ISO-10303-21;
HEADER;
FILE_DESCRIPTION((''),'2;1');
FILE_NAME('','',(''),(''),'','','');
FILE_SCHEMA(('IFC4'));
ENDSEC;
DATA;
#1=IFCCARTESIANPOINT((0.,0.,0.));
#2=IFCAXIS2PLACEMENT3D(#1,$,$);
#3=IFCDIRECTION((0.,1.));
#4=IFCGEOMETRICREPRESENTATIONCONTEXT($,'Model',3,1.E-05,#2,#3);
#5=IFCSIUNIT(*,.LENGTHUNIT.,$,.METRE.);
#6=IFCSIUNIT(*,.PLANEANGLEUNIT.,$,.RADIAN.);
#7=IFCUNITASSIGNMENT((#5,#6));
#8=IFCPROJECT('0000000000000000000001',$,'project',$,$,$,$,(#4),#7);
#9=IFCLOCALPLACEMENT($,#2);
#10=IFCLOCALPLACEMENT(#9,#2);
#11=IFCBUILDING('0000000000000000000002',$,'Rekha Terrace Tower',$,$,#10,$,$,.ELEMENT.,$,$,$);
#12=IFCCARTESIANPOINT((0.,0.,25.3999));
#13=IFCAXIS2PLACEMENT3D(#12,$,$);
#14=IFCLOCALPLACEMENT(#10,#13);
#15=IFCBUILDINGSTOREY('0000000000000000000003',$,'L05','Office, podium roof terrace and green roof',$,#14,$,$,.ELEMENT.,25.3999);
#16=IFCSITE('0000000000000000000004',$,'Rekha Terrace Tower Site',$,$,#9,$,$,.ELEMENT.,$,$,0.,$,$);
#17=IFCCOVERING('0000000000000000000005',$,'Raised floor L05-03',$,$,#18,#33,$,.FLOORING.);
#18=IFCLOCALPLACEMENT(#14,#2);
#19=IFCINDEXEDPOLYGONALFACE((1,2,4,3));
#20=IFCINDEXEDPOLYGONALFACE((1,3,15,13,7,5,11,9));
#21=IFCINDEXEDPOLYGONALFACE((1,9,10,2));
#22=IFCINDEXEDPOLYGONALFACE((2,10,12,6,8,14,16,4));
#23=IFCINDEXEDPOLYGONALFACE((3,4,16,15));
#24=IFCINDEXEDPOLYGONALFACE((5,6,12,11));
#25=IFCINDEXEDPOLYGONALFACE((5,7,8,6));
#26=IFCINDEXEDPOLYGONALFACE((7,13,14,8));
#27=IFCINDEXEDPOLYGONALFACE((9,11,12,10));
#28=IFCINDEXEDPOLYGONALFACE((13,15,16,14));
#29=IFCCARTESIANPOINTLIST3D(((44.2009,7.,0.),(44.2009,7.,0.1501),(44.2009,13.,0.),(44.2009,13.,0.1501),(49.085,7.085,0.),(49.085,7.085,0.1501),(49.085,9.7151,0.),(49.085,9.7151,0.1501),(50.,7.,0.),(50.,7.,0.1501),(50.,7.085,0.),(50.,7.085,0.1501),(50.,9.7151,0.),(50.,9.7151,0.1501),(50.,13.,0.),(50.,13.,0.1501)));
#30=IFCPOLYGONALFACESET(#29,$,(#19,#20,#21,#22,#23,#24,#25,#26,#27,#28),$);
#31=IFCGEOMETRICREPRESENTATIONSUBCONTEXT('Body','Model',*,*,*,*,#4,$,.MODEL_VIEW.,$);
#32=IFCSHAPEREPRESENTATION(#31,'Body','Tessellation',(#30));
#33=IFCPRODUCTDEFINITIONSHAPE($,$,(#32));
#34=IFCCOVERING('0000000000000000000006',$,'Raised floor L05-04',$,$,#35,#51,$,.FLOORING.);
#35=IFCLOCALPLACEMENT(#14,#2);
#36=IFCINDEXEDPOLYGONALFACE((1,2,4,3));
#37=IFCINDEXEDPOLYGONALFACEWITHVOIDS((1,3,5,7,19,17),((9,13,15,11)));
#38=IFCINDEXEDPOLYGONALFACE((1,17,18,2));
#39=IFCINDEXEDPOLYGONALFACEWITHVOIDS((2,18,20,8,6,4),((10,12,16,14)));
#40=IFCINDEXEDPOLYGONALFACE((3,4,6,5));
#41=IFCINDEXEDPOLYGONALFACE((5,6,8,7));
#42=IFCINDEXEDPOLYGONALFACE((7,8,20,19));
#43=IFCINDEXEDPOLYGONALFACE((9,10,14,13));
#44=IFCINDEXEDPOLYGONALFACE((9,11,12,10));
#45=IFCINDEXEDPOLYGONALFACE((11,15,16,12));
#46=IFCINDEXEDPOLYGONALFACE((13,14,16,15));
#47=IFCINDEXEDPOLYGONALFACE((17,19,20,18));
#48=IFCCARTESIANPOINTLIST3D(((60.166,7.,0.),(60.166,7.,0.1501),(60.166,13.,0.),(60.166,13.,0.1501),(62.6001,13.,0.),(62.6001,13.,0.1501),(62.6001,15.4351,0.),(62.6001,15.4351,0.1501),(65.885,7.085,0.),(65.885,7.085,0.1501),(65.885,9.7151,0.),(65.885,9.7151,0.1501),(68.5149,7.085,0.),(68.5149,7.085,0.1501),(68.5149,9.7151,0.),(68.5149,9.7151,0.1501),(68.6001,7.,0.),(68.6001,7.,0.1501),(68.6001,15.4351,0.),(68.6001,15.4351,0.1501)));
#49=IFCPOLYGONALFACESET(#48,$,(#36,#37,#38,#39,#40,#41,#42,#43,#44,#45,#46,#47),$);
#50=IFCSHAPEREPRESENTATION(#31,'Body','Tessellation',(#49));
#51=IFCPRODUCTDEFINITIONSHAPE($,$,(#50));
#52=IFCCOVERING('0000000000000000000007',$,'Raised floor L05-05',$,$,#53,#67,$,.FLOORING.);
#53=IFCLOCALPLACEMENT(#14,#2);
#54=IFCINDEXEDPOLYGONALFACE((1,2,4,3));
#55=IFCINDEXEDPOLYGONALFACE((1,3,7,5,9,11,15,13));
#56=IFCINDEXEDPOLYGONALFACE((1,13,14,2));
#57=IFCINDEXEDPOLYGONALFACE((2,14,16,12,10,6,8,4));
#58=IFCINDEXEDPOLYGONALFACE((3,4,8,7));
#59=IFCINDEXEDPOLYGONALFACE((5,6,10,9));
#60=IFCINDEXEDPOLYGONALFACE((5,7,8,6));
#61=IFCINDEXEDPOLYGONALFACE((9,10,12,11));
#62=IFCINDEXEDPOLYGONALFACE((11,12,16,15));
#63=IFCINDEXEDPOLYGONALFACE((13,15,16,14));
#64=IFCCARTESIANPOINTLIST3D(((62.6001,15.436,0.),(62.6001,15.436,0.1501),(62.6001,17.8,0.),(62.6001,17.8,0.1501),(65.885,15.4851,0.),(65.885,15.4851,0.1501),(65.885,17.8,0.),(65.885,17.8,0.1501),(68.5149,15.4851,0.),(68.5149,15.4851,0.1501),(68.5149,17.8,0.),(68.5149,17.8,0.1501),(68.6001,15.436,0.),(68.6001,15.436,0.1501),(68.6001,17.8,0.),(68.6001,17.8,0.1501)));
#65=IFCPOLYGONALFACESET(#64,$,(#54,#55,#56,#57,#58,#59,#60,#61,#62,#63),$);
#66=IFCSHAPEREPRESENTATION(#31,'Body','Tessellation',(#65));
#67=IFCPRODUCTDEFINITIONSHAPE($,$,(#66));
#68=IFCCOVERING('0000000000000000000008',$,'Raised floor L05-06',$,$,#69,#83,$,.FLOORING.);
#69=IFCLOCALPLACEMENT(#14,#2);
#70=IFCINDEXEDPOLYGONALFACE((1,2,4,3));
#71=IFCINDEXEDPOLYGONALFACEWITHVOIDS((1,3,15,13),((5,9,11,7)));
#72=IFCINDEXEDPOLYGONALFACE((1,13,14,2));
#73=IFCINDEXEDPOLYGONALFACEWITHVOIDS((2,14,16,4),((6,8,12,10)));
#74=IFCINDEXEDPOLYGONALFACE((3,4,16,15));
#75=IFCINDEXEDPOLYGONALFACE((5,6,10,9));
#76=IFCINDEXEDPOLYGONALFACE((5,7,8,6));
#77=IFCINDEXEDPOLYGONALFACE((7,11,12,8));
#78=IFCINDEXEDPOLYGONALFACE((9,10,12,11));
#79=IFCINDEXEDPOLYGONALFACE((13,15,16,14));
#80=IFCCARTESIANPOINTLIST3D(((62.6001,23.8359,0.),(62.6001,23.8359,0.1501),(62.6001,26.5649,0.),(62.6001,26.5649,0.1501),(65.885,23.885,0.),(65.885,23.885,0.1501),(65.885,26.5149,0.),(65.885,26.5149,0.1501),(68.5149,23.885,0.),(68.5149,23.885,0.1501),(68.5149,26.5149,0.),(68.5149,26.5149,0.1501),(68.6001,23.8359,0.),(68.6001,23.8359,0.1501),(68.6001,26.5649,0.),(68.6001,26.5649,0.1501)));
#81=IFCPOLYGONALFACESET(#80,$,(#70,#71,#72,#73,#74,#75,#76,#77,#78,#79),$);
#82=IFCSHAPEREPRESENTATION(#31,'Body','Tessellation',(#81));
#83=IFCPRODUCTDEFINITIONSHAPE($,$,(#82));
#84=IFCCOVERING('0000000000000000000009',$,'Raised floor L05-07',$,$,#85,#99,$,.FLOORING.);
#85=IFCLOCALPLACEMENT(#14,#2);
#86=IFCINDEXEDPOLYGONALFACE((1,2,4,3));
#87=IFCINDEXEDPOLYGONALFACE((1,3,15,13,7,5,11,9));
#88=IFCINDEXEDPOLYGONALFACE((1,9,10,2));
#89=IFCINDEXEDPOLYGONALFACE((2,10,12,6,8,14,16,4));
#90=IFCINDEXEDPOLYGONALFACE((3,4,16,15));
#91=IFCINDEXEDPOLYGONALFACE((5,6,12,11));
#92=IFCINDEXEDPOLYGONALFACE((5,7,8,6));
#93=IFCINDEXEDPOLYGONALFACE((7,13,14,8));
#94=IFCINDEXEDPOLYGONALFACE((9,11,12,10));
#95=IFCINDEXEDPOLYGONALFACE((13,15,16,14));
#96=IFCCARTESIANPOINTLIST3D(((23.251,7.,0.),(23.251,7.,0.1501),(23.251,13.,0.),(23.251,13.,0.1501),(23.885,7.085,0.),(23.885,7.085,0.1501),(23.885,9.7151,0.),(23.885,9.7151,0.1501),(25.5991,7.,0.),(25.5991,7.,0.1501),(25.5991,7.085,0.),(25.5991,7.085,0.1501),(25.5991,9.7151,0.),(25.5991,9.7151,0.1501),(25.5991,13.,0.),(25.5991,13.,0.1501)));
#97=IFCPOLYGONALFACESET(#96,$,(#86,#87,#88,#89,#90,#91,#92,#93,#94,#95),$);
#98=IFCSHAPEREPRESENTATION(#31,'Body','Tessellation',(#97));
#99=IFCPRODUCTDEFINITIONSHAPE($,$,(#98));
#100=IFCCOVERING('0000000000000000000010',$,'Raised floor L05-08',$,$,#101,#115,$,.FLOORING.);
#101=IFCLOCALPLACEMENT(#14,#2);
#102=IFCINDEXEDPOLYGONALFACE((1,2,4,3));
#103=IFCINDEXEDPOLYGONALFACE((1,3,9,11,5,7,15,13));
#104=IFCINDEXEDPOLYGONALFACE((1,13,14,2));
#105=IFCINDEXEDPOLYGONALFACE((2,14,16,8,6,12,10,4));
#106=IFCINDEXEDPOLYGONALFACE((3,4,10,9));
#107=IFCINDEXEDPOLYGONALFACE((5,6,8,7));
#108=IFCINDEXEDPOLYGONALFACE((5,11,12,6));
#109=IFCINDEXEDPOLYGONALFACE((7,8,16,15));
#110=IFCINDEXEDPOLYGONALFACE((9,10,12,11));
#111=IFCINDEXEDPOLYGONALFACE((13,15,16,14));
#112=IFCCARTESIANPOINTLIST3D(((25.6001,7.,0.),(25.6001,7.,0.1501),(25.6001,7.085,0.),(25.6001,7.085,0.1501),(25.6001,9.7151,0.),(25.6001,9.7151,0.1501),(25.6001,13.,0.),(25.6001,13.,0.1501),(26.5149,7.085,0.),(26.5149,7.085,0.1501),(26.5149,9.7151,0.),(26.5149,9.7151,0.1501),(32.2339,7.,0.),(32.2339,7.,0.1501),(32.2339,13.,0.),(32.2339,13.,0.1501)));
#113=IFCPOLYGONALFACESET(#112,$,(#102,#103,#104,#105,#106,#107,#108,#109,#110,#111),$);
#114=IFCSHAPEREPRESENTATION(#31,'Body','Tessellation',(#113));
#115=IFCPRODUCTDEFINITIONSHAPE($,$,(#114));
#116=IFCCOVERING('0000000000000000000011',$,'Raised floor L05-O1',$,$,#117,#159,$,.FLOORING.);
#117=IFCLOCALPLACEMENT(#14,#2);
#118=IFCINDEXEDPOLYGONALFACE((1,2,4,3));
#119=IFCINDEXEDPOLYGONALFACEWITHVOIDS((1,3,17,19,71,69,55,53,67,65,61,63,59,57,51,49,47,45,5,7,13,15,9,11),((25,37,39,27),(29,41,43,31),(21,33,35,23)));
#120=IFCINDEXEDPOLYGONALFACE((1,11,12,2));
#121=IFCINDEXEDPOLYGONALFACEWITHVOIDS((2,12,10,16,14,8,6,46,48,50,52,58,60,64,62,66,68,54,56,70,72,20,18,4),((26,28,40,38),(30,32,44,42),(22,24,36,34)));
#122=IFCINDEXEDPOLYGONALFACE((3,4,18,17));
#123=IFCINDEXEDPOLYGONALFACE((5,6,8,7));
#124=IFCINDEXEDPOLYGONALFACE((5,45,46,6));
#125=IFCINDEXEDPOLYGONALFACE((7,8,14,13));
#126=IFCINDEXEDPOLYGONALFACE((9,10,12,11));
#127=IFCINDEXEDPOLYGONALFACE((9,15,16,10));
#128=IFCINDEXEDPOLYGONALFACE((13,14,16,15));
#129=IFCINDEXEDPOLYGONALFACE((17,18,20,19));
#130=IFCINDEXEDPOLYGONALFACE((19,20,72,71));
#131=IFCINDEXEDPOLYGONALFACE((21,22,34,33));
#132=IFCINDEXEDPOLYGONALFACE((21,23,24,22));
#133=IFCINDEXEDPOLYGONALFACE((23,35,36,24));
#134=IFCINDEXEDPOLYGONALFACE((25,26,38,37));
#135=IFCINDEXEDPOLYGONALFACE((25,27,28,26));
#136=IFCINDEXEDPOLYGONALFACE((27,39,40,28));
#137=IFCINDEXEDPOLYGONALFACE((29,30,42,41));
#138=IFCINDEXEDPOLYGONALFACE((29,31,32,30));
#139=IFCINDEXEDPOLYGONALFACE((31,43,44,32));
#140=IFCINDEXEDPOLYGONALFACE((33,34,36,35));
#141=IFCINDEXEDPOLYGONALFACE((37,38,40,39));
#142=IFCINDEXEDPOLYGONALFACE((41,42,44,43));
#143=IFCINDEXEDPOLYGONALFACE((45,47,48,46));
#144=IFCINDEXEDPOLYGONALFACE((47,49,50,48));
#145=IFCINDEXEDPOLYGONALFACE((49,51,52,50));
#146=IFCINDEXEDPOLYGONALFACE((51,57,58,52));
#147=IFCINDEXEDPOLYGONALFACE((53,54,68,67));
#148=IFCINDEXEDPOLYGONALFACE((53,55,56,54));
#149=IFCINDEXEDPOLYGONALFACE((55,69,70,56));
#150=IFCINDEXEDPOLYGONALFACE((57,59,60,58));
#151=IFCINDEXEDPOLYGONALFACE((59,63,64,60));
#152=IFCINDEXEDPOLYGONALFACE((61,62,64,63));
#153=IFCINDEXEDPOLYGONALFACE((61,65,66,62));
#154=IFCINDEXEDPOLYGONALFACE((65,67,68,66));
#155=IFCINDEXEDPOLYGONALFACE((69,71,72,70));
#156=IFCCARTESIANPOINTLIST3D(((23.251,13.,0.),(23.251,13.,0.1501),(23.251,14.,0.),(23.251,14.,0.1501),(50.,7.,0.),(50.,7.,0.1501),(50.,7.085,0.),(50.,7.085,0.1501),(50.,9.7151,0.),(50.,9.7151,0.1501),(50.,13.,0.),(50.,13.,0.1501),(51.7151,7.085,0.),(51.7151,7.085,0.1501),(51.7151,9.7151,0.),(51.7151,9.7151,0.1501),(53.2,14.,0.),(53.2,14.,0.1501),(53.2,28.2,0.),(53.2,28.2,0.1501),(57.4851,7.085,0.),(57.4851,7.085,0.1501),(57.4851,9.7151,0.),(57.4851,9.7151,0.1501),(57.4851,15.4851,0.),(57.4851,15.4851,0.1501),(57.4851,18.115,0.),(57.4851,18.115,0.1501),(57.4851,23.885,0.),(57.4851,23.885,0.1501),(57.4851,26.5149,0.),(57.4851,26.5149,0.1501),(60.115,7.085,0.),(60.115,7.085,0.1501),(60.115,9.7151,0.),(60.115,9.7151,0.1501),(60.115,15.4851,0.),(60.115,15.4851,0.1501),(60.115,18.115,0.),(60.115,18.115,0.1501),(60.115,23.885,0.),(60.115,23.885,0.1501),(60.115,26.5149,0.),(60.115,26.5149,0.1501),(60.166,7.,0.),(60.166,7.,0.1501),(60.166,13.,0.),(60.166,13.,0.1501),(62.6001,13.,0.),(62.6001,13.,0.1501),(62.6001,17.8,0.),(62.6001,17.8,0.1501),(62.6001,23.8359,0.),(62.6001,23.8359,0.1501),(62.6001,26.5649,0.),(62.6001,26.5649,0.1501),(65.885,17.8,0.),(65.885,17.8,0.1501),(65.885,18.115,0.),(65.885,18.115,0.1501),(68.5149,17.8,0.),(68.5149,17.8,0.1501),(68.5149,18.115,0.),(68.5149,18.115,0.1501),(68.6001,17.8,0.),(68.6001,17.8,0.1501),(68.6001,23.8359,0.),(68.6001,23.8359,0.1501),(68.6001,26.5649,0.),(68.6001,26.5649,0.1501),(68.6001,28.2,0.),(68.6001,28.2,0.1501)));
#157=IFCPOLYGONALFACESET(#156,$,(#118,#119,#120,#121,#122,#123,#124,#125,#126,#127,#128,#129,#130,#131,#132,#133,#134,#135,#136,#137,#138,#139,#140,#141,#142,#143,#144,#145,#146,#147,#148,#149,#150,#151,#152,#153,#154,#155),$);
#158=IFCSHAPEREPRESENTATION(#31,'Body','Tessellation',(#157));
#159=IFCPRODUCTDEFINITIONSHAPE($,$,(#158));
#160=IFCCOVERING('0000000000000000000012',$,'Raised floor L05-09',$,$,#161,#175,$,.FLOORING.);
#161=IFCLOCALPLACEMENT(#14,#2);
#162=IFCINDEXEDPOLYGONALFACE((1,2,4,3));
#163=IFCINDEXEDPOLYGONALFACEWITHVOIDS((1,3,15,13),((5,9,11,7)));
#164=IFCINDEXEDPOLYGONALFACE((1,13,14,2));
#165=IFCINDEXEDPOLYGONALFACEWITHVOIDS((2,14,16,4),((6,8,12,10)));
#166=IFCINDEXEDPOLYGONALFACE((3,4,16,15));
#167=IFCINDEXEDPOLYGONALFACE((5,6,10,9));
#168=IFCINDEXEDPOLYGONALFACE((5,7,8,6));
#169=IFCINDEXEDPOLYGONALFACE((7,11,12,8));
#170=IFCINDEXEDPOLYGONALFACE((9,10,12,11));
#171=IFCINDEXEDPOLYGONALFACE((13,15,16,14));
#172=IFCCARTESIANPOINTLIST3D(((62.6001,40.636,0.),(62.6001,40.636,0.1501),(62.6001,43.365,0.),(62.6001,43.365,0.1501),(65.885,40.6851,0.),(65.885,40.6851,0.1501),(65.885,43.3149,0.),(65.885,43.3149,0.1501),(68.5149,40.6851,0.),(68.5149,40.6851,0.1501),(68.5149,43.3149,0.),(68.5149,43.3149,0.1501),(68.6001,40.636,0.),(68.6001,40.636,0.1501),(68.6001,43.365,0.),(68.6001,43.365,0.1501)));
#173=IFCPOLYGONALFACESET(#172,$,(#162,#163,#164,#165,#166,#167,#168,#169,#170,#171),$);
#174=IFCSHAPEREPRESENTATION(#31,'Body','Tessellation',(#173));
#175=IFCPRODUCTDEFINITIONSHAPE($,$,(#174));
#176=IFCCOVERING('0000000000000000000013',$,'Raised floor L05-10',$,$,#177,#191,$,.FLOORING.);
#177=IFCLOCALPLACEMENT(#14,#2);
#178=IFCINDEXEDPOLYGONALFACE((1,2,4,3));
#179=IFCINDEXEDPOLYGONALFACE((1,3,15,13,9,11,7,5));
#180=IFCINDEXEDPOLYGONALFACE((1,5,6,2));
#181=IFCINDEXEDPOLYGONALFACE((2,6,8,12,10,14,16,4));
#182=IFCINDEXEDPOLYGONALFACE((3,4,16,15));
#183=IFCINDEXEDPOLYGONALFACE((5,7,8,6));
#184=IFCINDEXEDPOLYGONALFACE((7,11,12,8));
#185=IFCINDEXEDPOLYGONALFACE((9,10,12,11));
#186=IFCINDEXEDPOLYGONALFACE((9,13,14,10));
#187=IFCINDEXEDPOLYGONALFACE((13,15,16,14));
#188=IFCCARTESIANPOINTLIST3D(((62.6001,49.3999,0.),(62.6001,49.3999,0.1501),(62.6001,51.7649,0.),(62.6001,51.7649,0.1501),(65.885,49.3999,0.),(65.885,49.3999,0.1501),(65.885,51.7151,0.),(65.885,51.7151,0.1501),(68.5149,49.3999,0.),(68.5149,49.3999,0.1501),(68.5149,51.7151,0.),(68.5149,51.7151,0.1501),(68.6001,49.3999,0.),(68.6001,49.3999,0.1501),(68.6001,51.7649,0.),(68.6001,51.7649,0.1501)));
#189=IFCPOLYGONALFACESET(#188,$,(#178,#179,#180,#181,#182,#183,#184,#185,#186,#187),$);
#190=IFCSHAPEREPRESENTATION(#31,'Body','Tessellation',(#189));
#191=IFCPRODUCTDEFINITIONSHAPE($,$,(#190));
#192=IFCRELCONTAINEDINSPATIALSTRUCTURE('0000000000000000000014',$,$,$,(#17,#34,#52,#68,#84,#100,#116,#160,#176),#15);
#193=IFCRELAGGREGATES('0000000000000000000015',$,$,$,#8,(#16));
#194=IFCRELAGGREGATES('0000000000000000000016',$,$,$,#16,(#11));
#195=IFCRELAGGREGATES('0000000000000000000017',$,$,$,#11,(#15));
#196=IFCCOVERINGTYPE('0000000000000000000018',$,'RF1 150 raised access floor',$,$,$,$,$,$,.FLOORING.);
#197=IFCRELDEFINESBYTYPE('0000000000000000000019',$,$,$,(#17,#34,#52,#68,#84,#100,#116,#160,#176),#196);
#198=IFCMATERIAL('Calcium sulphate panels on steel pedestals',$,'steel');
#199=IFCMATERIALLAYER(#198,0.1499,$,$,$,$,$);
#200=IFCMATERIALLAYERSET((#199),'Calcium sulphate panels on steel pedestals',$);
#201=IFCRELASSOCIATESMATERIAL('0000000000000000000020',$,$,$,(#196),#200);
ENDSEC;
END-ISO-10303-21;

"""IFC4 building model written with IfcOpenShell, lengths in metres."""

from ifc_helpers import new_model, si_unit, direction, frame, origin, place, context, subcontext, project, spatial, polyline, outline, extrude, material, layer, layer_set, type_object, element, save


model = new_model("IFC4")

# Units and contexts
model_context = context("Model", 3, precision=1e-05, world=origin(), true_north=direction((0.0, 1.0)))
body_context = subcontext(model_context, "Body", "Model", "MODEL_VIEW")
ifc_project = project(units=[si_unit("LENGTHUNIT", "METRE"), si_unit("PLANEANGLEUNIT", "RADIAN")], contexts=[model_context])

# Site, building, storey
site_placement = place(None, origin())
site = spatial("IfcSite", under=ifc_project, at=site_placement, Name="Rekha Terrace Tower Site", CompositionType="ELEMENT", RefElevation=0.0)
building_placement = place(site_placement, origin())
building = spatial("IfcBuilding", under=site, at=building_placement, Name="Rekha Terrace Tower", CompositionType="ELEMENT")
storey_placement = place(building_placement, frame((0.0, 0.0, 25.3999)))
storey = spatial("IfcBuildingStorey", under=building, at=storey_placement, Name="L05", Description="Office, podium roof terrace and green roof", CompositionType="ELEMENT", Elevation=25.3999)

# Coverings
ifc_material_1 = material(Name="Calcium sulphate panels on steel pedestals", Category="steel")
ifc_layer_1 = layer(ifc_material_1, 0.1499)
ifc_layer_set_1 = layer_set([ifc_layer_1], Name="Calcium sulphate panels on steel pedestals")
covering_type_1 = type_object("IfcCoveringType", Name="RF1 150 raised access floor", PredefinedType="FLOORING", material=ifc_layer_set_1)
covering_1_placement = place(storey_placement, origin())
element("IfcCovering", 1, at=covering_1_placement, inside=storey, type_object=covering_type_1, Name="Raised floor L05-03", PredefinedType="FLOORING", context=body_context, shape_type="SweptSolid", body=[
    extrude(outline(polyline([(50.0, 9.7151), (50.0, 13.0), (44.2009, 13.0), (44.2009, 7.0), (50.0, 7.0), (50.0, 7.085), (49.085, 7.085), (49.085, 9.7151), (50.0, 9.7151)])), origin(), (0.0, 0.0, 1.0), 0.1501),
])
covering_2_placement = place(storey_placement, origin())
element("IfcCovering", 2, at=covering_2_placement, inside=storey, type_object=covering_type_1, Name="Raised floor L05-04", PredefinedType="FLOORING", context=body_context, shape_type="SweptSolid", body=[
    extrude(outline(polyline([(62.6001, 13.0), (60.166, 13.0), (60.166, 7.0), (68.6001, 7.0), (68.6001, 15.4351), (62.6001, 15.4351), (62.6001, 13.0)]), holes=[polyline([(68.5149, 7.085), (65.885, 7.085), (65.885, 9.7151), (68.5149, 9.7151), (68.5149, 7.085)])]), origin(), (0.0, 0.0, 1.0), 0.1501),
])
covering_3_placement = place(storey_placement, origin())
element("IfcCovering", 3, at=covering_3_placement, inside=storey, type_object=covering_type_1, Name="Raised floor L05-05", PredefinedType="FLOORING", context=body_context, shape_type="SweptSolid", body=[
    extrude(outline(polyline([(65.885, 17.8), (62.6001, 17.8), (62.6001, 15.436), (68.6001, 15.436), (68.6001, 17.8), (68.5149, 17.8), (68.5149, 15.4851), (65.885, 15.4851), (65.885, 17.8)])), origin(), (0.0, 0.0, 1.0), 0.1501),
])
covering_4_placement = place(storey_placement, origin())
element("IfcCovering", 4, at=covering_4_placement, inside=storey, type_object=covering_type_1, Name="Raised floor L05-06", PredefinedType="FLOORING", context=body_context, shape_type="SweptSolid", body=[
    extrude(outline(polyline([(68.6001, 26.5649), (62.6001, 26.5649), (62.6001, 23.8359), (68.6001, 23.8359), (68.6001, 26.5649)]), holes=[polyline([(68.5149, 23.885), (65.885, 23.885), (65.885, 26.5149), (68.5149, 26.5149), (68.5149, 23.885)])]), origin(), (0.0, 0.0, 1.0), 0.1501),
])
covering_5_placement = place(storey_placement, origin())
element("IfcCovering", 5, at=covering_5_placement, inside=storey, type_object=covering_type_1, Name="Raised floor L05-07", PredefinedType="FLOORING", context=body_context, shape_type="SweptSolid", body=[
    extrude(outline(polyline([(25.5991, 9.7151), (25.5991, 13.0), (23.251, 13.0), (23.251, 7.0), (25.5991, 7.0), (25.5991, 7.085), (23.885, 7.085), (23.885, 9.7151), (25.5991, 9.7151)])), origin(), (0.0, 0.0, 1.0), 0.1501),
])
covering_6_placement = place(storey_placement, origin())
element("IfcCovering", 6, at=covering_6_placement, inside=storey, type_object=covering_type_1, Name="Raised floor L05-08", PredefinedType="FLOORING", context=body_context, shape_type="SweptSolid", body=[
    extrude(outline(polyline([(32.2339, 7.0), (32.2339, 13.0), (25.6001, 13.0), (25.6001, 9.7151), (26.5149, 9.7151), (26.5149, 7.085), (25.6001, 7.085), (25.6001, 7.0), (32.2339, 7.0)])), origin(), (0.0, 0.0, 1.0), 0.1501),
])
covering_7_placement = place(storey_placement, origin())
element("IfcCovering", 7, at=covering_7_placement, inside=storey, type_object=covering_type_1, Name="Raised floor L05-O1", PredefinedType="FLOORING", context=body_context, shape_type="SweptSolid", body=[
    extrude(outline(polyline([(23.251, 14.0), (23.251, 13.0), (50.0, 13.0), (50.0, 9.7151), (51.7151, 9.7151), (51.7151, 7.085), (50.0, 7.085), (50.0, 7.0), (60.166, 7.0), (60.166, 13.0), (62.6001, 13.0), (62.6001, 17.8), (65.885, 17.8), (65.885, 18.115), (68.5149, 18.115), (68.5149, 17.8), (68.6001, 17.8), (68.6001, 23.8359), (62.6001, 23.8359), (62.6001, 26.5649), (68.6001, 26.5649), (68.6001, 28.2), (53.2, 28.2), (53.2, 14.0), (23.251, 14.0)]), holes=[polyline([(60.115, 7.085), (57.4851, 7.085), (57.4851, 9.7151), (60.115, 9.7151), (60.115, 7.085)]), polyline([(60.115, 18.115), (60.115, 15.4851), (57.4851, 15.4851), (57.4851, 18.115), (60.115, 18.115)]), polyline([(60.115, 23.885), (57.4851, 23.885), (57.4851, 26.5149), (60.115, 26.5149), (60.115, 23.885)])]), origin(), (0.0, 0.0, 1.0), 0.1501),
])
covering_8_placement = place(storey_placement, origin())
element("IfcCovering", 8, at=covering_8_placement, inside=storey, type_object=covering_type_1, Name="Raised floor L05-09", PredefinedType="FLOORING", context=body_context, shape_type="SweptSolid", body=[
    extrude(outline(polyline([(62.6001, 40.636), (68.6001, 40.636), (68.6001, 43.365), (62.6001, 43.365), (62.6001, 40.636)]), holes=[polyline([(68.5149, 40.6851), (65.885, 40.6851), (65.885, 43.3149), (68.5149, 43.3149), (68.5149, 40.6851)])]), origin(), (0.0, 0.0, 1.0), 0.1501),
])
covering_9_placement = place(storey_placement, origin())
element("IfcCovering", 9, at=covering_9_placement, inside=storey, type_object=covering_type_1, Name="Raised floor L05-10", PredefinedType="FLOORING", context=body_context, shape_type="SweptSolid", body=[
    extrude(outline(polyline([(68.5149, 49.3999), (68.6001, 49.3999), (68.6001, 51.7649), (62.6001, 51.7649), (62.6001, 49.3999), (65.885, 49.3999), (65.885, 51.7151), (68.5149, 51.7151), (68.5149, 49.3999)])), origin(), (0.0, 0.0, 1.0), 0.1501),
])

save(model, "model.ifc")
